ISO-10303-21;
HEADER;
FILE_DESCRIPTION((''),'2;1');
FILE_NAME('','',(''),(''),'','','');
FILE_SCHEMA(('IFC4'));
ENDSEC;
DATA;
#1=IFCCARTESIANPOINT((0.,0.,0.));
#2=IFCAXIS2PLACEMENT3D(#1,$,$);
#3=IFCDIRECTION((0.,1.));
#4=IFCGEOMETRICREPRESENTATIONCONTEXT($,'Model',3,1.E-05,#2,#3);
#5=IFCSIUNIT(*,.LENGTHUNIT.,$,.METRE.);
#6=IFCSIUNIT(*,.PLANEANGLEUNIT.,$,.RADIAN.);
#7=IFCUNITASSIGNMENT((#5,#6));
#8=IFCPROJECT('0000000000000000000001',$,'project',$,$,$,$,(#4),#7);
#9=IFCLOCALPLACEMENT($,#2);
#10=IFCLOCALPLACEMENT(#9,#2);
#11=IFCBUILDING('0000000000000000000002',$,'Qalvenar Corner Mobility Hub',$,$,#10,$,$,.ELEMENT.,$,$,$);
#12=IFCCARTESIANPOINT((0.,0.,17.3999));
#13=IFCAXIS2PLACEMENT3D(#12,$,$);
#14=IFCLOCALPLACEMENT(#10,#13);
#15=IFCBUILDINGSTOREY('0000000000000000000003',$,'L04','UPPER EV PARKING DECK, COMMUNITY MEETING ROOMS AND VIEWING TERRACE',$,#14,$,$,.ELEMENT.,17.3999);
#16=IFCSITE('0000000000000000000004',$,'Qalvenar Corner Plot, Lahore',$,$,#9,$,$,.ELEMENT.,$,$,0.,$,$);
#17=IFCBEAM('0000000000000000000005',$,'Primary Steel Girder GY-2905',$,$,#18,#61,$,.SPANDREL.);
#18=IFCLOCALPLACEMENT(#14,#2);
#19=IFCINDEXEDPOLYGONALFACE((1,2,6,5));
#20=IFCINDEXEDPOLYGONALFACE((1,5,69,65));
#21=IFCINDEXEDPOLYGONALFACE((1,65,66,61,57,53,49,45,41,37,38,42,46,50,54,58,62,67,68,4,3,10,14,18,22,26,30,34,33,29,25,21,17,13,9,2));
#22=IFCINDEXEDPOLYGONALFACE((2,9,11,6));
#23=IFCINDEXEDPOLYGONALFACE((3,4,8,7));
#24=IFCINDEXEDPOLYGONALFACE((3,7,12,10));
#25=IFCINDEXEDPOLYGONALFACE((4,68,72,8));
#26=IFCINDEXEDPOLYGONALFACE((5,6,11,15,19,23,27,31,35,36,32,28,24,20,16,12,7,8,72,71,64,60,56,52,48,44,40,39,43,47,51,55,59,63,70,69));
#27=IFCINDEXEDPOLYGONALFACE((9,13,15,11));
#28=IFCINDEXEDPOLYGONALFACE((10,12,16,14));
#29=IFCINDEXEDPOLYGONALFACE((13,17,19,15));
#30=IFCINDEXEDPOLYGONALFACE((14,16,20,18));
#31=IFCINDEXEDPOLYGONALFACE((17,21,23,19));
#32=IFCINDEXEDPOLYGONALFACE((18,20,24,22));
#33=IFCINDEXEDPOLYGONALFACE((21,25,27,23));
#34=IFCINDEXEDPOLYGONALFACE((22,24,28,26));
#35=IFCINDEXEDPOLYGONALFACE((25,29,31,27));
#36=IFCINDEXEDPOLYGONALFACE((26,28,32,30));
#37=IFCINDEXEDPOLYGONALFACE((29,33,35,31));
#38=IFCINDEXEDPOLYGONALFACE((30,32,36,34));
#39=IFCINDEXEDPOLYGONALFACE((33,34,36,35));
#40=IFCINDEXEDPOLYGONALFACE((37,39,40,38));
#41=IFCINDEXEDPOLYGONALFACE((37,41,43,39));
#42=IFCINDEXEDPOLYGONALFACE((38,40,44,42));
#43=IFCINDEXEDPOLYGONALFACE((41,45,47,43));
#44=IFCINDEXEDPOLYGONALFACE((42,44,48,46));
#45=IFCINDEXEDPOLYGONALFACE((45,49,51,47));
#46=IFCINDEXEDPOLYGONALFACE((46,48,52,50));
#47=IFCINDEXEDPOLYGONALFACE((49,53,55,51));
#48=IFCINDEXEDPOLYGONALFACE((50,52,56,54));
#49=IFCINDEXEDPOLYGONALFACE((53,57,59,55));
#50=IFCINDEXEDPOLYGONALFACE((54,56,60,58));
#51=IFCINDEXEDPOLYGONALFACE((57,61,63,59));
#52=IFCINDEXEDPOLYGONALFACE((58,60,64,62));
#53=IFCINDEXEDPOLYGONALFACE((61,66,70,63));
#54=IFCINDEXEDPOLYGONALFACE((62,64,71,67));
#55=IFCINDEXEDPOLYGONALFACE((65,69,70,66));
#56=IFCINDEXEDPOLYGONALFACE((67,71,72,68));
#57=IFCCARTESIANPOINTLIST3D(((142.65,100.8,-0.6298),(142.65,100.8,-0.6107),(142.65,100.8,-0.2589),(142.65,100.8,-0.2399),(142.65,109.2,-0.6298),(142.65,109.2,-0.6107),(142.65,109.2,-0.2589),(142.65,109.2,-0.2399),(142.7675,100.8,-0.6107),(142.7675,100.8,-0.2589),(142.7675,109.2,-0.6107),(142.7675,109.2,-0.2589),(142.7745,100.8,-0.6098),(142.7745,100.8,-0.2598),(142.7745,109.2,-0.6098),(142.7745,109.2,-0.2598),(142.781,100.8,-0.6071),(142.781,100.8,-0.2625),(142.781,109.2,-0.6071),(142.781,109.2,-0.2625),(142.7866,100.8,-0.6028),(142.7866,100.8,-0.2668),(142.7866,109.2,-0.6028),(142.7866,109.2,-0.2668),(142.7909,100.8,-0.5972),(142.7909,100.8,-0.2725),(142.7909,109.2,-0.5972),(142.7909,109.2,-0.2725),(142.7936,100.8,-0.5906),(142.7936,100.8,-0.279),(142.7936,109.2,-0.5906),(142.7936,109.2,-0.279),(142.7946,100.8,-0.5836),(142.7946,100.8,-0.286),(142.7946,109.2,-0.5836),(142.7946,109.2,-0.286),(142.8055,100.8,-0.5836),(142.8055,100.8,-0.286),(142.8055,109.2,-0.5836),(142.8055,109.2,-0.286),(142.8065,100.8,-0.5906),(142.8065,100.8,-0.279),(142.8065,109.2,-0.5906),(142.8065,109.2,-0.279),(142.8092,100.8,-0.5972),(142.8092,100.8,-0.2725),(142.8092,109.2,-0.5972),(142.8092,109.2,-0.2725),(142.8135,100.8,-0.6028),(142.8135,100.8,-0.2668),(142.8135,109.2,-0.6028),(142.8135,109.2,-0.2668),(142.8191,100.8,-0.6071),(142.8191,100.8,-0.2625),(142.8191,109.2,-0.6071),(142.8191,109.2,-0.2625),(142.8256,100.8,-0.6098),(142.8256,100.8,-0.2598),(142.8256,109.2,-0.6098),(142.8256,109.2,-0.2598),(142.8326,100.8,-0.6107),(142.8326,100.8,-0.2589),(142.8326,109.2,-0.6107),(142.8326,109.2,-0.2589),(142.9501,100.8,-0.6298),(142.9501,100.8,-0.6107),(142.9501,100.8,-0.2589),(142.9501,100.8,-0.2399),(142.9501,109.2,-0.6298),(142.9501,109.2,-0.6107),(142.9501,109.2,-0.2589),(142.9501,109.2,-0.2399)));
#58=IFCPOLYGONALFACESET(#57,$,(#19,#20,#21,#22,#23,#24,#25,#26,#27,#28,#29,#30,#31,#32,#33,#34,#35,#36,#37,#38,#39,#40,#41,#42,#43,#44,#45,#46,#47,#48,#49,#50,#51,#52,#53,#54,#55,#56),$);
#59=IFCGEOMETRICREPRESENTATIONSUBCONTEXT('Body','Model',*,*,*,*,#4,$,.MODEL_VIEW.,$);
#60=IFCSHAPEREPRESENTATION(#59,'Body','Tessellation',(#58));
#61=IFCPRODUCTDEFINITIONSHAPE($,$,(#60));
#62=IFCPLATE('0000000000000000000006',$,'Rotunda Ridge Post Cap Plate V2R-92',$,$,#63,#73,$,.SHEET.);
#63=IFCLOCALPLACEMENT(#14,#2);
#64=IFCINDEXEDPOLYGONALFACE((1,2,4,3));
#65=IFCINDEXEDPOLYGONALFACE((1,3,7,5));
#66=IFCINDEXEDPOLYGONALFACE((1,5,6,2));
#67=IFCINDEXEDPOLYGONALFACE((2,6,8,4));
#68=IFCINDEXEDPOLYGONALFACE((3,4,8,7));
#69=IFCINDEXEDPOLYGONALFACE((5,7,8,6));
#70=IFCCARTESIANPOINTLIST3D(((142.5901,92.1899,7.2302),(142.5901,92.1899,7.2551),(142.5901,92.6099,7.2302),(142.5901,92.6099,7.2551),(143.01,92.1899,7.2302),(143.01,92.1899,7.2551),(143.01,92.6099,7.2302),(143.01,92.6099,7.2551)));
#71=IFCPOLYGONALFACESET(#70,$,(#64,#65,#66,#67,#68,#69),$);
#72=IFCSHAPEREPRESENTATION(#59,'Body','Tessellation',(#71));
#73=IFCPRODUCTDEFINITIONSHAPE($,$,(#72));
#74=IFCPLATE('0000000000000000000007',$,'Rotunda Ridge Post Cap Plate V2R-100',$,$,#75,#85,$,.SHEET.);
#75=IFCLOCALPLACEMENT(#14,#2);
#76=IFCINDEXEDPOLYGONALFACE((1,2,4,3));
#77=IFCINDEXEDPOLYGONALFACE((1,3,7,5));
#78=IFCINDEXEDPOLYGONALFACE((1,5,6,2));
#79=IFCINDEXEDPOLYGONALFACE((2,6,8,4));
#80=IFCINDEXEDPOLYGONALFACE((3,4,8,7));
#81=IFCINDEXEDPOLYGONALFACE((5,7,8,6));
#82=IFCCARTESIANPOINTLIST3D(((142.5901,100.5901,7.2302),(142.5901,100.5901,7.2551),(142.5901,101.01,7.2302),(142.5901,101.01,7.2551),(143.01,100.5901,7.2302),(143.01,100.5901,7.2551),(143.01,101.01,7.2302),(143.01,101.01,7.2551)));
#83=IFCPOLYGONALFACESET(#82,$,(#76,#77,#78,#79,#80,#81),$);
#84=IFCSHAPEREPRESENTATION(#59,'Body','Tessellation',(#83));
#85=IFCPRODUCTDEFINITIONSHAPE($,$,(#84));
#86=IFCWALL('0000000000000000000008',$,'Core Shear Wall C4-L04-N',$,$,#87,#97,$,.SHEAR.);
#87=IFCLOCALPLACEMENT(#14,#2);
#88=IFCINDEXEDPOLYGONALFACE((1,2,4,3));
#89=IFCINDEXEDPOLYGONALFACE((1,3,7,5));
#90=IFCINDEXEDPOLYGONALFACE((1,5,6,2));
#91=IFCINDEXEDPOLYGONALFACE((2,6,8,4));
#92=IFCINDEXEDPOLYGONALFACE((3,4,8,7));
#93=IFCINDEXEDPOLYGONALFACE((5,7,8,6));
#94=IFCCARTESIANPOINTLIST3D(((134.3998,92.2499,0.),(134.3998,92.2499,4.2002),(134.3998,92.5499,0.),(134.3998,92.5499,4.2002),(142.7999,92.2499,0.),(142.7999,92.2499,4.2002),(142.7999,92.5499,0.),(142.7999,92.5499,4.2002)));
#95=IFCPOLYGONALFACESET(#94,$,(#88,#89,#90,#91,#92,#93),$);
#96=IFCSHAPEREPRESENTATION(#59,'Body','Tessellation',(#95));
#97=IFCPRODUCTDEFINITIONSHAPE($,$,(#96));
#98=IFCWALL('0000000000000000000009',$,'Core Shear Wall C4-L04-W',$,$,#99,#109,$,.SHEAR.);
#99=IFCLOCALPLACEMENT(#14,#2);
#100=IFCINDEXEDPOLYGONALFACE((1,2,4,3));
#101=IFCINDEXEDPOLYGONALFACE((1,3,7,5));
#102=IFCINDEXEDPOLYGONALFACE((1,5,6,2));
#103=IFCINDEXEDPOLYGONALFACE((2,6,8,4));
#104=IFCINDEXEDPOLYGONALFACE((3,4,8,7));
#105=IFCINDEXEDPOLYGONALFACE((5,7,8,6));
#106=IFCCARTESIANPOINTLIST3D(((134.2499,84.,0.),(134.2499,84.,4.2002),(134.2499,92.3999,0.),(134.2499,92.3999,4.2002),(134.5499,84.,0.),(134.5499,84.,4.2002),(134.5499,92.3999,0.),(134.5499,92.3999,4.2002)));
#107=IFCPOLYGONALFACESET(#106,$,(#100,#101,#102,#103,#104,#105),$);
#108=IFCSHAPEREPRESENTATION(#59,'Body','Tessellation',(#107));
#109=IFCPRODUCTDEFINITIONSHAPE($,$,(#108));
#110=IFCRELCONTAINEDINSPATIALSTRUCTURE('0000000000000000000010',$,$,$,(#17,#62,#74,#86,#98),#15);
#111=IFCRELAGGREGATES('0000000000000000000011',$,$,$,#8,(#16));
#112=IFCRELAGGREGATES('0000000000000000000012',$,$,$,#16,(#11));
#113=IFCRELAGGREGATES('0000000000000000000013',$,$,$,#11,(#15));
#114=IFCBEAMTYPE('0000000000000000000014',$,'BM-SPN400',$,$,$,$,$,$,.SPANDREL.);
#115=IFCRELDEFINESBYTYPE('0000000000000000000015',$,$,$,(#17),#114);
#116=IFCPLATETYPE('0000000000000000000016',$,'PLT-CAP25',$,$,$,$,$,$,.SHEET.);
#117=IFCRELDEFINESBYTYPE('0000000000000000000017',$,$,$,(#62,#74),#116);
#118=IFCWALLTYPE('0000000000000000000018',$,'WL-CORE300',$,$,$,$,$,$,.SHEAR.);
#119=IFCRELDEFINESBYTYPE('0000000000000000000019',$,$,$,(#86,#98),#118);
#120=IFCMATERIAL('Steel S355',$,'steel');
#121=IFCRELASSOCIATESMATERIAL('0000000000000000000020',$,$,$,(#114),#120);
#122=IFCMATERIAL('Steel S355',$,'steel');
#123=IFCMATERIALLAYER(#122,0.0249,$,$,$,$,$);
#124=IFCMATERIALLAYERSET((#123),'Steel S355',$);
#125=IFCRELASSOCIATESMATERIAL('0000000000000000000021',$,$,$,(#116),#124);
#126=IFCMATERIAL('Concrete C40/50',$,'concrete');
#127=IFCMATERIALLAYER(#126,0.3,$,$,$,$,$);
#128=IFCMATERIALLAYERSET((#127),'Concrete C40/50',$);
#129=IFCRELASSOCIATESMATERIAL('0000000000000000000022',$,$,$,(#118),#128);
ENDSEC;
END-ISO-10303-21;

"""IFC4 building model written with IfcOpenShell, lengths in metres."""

from ifc_helpers import new_model, si_unit, direction, frame, frame_2d, origin, origin_2d, place, context, subcontext, project, spatial, rectangle, i_section, extrude, material, layer, layer_set, material_profile, profile_set, type_object, element, save


model = new_model("IFC4")

# Units and contexts
model_context = context("Model", 3, precision=1e-05, world=origin(), true_north=direction((0.0, 1.0)))
body_context = subcontext(model_context, "Body", "Model", "MODEL_VIEW")
ifc_project = project(units=[si_unit("LENGTHUNIT", "METRE"), si_unit("PLANEANGLEUNIT", "RADIAN")], contexts=[model_context])

# Site, building, storey
site_placement = place(None, origin())
site = spatial("IfcSite", under=ifc_project, at=site_placement, Name="Qalvenar Corner Plot, Lahore", CompositionType="ELEMENT", RefElevation=0.0)
building_placement = place(site_placement, origin())
building = spatial("IfcBuilding", under=site, at=building_placement, Name="Qalvenar Corner Mobility Hub", CompositionType="ELEMENT")
storey_placement = place(building_placement, frame((0.0, 0.0, 17.3999)))
storey = spatial("IfcBuildingStorey", under=building, at=storey_placement, Name="L04", Description="UPPER EV PARKING DECK, COMMUNITY MEETING ROOMS AND VIEWING TERRACE", CompositionType="ELEMENT", Elevation=17.3999)

# Shared definitions
ifc_material_1 = material(Name="Steel S355", Category="steel")

# Beam
ifc_material_profile_1 = material_profile(ifc_material_1, i_section(OverallWidth=0.3, OverallDepth=0.3899, WebThickness=0.011, FlangeThickness=0.019, FilletRadius=0.0271, at=origin_2d()), Name="HEA400")
ifc_profile_set_1 = profile_set([ifc_material_profile_1], Name="Steel S355")
beam_type_1 = type_object("IfcBeamType", Name="BM-SPN400", PredefinedType="SPANDREL", material=ifc_profile_set_1)
beam_1_placement = place(storey_placement, frame((142.8, 100.8, -0.4348), z_axis=(0.0, 1.0, 0.0), x_axis=(-1.0, 0.0, 0.0)))
element("IfcBeam", 1, at=beam_1_placement, inside=storey, type_object=beam_type_1, Name="Primary Steel Girder GY-2905", PredefinedType="SPANDREL", context=body_context, shape_type="SweptSolid", body=[
    extrude(i_section(OverallWidth=0.3, OverallDepth=0.3899, WebThickness=0.011, FlangeThickness=0.019, FilletRadius=0.0271, at=origin_2d()), origin(), (0.0, 0.0, 1.0), 8.3999),
])

# Plates
ifc_material_2 = material(Name="Steel S355", Category="steel")
ifc_layer_1 = layer(ifc_material_2, 0.0249)
ifc_layer_set_1 = layer_set([ifc_layer_1], Name="Steel S355")
plate_type = type_object("IfcPlateType", Name="PLT-CAP25", PredefinedType="SHEET", material=ifc_layer_set_1)
for number, where, z_axis, x_axis, name in (
    (2, (142.8, 92.3999, 7.2302), (0.0, 0.0, 1.0), (1.0, 0.0, 0.0), "Rotunda Ridge Post Cap Plate V2R-92"),
    (3, (142.8, 100.8, 7.2302), (0.0, 0.0, 1.0), (1.0, 0.0, 0.0), "Rotunda Ridge Post Cap Plate V2R-100"),
):
    element("IfcPlate", number, at=place(storey_placement, frame(where, z_axis=z_axis, x_axis=x_axis)), inside=storey, type_object=plate_type, Name=name, PredefinedType="SHEET", context=body_context, shape_type="SweptSolid", body=[
        extrude(rectangle(XDim=0.4199, YDim=0.4199, at=origin_2d()), origin(), (0.0, 0.0, 1.0), 0.0249),
    ])

# Walls
ifc_material_3 = material(Name="Concrete C40/50", Category="concrete")
ifc_layer_2 = layer(ifc_material_3, 0.3)
ifc_layer_set_2 = layer_set([ifc_layer_2], Name="Concrete C40/50")
wall_type = type_object("IfcWallType", Name="WL-CORE300", PredefinedType="SHEAR", material=ifc_layer_set_2)
wall_1_placement = place(storey_placement, frame((142.8, 92.3999, 0.0), z_axis=(0.0, 0.0, 1.0), x_axis=(-1.0, 0.0, 0.0)))
element("IfcWall", 4, at=wall_1_placement, inside=storey, type_object=wall_type, Name="Core Shear Wall C4-L04-N", PredefinedType="SHEAR", context=body_context, shape_type="SweptSolid", body=[
    extrude(rectangle(XDim=8.4001, YDim=0.3, at=frame_2d((4.2002, 0.0))), origin(), (0.0, 0.0, 1.0), 4.2002),
])
wall_2_placement = place(storey_placement, frame((134.3999, 92.3999, 0.0), z_axis=(0.0, 0.0, 1.0), x_axis=(0.0, -1.0, 0.0)))
element("IfcWall", 5, at=wall_2_placement, inside=storey, type_object=wall_type, Name="Core Shear Wall C4-L04-W", PredefinedType="SHEAR", context=body_context, shape_type="SweptSolid", body=[
    extrude(rectangle(XDim=8.3999, YDim=0.3, at=frame_2d((4.2, 0.0))), origin(), (0.0, 0.0, 1.0), 4.2002),
])

save(model, "model.ifc")
